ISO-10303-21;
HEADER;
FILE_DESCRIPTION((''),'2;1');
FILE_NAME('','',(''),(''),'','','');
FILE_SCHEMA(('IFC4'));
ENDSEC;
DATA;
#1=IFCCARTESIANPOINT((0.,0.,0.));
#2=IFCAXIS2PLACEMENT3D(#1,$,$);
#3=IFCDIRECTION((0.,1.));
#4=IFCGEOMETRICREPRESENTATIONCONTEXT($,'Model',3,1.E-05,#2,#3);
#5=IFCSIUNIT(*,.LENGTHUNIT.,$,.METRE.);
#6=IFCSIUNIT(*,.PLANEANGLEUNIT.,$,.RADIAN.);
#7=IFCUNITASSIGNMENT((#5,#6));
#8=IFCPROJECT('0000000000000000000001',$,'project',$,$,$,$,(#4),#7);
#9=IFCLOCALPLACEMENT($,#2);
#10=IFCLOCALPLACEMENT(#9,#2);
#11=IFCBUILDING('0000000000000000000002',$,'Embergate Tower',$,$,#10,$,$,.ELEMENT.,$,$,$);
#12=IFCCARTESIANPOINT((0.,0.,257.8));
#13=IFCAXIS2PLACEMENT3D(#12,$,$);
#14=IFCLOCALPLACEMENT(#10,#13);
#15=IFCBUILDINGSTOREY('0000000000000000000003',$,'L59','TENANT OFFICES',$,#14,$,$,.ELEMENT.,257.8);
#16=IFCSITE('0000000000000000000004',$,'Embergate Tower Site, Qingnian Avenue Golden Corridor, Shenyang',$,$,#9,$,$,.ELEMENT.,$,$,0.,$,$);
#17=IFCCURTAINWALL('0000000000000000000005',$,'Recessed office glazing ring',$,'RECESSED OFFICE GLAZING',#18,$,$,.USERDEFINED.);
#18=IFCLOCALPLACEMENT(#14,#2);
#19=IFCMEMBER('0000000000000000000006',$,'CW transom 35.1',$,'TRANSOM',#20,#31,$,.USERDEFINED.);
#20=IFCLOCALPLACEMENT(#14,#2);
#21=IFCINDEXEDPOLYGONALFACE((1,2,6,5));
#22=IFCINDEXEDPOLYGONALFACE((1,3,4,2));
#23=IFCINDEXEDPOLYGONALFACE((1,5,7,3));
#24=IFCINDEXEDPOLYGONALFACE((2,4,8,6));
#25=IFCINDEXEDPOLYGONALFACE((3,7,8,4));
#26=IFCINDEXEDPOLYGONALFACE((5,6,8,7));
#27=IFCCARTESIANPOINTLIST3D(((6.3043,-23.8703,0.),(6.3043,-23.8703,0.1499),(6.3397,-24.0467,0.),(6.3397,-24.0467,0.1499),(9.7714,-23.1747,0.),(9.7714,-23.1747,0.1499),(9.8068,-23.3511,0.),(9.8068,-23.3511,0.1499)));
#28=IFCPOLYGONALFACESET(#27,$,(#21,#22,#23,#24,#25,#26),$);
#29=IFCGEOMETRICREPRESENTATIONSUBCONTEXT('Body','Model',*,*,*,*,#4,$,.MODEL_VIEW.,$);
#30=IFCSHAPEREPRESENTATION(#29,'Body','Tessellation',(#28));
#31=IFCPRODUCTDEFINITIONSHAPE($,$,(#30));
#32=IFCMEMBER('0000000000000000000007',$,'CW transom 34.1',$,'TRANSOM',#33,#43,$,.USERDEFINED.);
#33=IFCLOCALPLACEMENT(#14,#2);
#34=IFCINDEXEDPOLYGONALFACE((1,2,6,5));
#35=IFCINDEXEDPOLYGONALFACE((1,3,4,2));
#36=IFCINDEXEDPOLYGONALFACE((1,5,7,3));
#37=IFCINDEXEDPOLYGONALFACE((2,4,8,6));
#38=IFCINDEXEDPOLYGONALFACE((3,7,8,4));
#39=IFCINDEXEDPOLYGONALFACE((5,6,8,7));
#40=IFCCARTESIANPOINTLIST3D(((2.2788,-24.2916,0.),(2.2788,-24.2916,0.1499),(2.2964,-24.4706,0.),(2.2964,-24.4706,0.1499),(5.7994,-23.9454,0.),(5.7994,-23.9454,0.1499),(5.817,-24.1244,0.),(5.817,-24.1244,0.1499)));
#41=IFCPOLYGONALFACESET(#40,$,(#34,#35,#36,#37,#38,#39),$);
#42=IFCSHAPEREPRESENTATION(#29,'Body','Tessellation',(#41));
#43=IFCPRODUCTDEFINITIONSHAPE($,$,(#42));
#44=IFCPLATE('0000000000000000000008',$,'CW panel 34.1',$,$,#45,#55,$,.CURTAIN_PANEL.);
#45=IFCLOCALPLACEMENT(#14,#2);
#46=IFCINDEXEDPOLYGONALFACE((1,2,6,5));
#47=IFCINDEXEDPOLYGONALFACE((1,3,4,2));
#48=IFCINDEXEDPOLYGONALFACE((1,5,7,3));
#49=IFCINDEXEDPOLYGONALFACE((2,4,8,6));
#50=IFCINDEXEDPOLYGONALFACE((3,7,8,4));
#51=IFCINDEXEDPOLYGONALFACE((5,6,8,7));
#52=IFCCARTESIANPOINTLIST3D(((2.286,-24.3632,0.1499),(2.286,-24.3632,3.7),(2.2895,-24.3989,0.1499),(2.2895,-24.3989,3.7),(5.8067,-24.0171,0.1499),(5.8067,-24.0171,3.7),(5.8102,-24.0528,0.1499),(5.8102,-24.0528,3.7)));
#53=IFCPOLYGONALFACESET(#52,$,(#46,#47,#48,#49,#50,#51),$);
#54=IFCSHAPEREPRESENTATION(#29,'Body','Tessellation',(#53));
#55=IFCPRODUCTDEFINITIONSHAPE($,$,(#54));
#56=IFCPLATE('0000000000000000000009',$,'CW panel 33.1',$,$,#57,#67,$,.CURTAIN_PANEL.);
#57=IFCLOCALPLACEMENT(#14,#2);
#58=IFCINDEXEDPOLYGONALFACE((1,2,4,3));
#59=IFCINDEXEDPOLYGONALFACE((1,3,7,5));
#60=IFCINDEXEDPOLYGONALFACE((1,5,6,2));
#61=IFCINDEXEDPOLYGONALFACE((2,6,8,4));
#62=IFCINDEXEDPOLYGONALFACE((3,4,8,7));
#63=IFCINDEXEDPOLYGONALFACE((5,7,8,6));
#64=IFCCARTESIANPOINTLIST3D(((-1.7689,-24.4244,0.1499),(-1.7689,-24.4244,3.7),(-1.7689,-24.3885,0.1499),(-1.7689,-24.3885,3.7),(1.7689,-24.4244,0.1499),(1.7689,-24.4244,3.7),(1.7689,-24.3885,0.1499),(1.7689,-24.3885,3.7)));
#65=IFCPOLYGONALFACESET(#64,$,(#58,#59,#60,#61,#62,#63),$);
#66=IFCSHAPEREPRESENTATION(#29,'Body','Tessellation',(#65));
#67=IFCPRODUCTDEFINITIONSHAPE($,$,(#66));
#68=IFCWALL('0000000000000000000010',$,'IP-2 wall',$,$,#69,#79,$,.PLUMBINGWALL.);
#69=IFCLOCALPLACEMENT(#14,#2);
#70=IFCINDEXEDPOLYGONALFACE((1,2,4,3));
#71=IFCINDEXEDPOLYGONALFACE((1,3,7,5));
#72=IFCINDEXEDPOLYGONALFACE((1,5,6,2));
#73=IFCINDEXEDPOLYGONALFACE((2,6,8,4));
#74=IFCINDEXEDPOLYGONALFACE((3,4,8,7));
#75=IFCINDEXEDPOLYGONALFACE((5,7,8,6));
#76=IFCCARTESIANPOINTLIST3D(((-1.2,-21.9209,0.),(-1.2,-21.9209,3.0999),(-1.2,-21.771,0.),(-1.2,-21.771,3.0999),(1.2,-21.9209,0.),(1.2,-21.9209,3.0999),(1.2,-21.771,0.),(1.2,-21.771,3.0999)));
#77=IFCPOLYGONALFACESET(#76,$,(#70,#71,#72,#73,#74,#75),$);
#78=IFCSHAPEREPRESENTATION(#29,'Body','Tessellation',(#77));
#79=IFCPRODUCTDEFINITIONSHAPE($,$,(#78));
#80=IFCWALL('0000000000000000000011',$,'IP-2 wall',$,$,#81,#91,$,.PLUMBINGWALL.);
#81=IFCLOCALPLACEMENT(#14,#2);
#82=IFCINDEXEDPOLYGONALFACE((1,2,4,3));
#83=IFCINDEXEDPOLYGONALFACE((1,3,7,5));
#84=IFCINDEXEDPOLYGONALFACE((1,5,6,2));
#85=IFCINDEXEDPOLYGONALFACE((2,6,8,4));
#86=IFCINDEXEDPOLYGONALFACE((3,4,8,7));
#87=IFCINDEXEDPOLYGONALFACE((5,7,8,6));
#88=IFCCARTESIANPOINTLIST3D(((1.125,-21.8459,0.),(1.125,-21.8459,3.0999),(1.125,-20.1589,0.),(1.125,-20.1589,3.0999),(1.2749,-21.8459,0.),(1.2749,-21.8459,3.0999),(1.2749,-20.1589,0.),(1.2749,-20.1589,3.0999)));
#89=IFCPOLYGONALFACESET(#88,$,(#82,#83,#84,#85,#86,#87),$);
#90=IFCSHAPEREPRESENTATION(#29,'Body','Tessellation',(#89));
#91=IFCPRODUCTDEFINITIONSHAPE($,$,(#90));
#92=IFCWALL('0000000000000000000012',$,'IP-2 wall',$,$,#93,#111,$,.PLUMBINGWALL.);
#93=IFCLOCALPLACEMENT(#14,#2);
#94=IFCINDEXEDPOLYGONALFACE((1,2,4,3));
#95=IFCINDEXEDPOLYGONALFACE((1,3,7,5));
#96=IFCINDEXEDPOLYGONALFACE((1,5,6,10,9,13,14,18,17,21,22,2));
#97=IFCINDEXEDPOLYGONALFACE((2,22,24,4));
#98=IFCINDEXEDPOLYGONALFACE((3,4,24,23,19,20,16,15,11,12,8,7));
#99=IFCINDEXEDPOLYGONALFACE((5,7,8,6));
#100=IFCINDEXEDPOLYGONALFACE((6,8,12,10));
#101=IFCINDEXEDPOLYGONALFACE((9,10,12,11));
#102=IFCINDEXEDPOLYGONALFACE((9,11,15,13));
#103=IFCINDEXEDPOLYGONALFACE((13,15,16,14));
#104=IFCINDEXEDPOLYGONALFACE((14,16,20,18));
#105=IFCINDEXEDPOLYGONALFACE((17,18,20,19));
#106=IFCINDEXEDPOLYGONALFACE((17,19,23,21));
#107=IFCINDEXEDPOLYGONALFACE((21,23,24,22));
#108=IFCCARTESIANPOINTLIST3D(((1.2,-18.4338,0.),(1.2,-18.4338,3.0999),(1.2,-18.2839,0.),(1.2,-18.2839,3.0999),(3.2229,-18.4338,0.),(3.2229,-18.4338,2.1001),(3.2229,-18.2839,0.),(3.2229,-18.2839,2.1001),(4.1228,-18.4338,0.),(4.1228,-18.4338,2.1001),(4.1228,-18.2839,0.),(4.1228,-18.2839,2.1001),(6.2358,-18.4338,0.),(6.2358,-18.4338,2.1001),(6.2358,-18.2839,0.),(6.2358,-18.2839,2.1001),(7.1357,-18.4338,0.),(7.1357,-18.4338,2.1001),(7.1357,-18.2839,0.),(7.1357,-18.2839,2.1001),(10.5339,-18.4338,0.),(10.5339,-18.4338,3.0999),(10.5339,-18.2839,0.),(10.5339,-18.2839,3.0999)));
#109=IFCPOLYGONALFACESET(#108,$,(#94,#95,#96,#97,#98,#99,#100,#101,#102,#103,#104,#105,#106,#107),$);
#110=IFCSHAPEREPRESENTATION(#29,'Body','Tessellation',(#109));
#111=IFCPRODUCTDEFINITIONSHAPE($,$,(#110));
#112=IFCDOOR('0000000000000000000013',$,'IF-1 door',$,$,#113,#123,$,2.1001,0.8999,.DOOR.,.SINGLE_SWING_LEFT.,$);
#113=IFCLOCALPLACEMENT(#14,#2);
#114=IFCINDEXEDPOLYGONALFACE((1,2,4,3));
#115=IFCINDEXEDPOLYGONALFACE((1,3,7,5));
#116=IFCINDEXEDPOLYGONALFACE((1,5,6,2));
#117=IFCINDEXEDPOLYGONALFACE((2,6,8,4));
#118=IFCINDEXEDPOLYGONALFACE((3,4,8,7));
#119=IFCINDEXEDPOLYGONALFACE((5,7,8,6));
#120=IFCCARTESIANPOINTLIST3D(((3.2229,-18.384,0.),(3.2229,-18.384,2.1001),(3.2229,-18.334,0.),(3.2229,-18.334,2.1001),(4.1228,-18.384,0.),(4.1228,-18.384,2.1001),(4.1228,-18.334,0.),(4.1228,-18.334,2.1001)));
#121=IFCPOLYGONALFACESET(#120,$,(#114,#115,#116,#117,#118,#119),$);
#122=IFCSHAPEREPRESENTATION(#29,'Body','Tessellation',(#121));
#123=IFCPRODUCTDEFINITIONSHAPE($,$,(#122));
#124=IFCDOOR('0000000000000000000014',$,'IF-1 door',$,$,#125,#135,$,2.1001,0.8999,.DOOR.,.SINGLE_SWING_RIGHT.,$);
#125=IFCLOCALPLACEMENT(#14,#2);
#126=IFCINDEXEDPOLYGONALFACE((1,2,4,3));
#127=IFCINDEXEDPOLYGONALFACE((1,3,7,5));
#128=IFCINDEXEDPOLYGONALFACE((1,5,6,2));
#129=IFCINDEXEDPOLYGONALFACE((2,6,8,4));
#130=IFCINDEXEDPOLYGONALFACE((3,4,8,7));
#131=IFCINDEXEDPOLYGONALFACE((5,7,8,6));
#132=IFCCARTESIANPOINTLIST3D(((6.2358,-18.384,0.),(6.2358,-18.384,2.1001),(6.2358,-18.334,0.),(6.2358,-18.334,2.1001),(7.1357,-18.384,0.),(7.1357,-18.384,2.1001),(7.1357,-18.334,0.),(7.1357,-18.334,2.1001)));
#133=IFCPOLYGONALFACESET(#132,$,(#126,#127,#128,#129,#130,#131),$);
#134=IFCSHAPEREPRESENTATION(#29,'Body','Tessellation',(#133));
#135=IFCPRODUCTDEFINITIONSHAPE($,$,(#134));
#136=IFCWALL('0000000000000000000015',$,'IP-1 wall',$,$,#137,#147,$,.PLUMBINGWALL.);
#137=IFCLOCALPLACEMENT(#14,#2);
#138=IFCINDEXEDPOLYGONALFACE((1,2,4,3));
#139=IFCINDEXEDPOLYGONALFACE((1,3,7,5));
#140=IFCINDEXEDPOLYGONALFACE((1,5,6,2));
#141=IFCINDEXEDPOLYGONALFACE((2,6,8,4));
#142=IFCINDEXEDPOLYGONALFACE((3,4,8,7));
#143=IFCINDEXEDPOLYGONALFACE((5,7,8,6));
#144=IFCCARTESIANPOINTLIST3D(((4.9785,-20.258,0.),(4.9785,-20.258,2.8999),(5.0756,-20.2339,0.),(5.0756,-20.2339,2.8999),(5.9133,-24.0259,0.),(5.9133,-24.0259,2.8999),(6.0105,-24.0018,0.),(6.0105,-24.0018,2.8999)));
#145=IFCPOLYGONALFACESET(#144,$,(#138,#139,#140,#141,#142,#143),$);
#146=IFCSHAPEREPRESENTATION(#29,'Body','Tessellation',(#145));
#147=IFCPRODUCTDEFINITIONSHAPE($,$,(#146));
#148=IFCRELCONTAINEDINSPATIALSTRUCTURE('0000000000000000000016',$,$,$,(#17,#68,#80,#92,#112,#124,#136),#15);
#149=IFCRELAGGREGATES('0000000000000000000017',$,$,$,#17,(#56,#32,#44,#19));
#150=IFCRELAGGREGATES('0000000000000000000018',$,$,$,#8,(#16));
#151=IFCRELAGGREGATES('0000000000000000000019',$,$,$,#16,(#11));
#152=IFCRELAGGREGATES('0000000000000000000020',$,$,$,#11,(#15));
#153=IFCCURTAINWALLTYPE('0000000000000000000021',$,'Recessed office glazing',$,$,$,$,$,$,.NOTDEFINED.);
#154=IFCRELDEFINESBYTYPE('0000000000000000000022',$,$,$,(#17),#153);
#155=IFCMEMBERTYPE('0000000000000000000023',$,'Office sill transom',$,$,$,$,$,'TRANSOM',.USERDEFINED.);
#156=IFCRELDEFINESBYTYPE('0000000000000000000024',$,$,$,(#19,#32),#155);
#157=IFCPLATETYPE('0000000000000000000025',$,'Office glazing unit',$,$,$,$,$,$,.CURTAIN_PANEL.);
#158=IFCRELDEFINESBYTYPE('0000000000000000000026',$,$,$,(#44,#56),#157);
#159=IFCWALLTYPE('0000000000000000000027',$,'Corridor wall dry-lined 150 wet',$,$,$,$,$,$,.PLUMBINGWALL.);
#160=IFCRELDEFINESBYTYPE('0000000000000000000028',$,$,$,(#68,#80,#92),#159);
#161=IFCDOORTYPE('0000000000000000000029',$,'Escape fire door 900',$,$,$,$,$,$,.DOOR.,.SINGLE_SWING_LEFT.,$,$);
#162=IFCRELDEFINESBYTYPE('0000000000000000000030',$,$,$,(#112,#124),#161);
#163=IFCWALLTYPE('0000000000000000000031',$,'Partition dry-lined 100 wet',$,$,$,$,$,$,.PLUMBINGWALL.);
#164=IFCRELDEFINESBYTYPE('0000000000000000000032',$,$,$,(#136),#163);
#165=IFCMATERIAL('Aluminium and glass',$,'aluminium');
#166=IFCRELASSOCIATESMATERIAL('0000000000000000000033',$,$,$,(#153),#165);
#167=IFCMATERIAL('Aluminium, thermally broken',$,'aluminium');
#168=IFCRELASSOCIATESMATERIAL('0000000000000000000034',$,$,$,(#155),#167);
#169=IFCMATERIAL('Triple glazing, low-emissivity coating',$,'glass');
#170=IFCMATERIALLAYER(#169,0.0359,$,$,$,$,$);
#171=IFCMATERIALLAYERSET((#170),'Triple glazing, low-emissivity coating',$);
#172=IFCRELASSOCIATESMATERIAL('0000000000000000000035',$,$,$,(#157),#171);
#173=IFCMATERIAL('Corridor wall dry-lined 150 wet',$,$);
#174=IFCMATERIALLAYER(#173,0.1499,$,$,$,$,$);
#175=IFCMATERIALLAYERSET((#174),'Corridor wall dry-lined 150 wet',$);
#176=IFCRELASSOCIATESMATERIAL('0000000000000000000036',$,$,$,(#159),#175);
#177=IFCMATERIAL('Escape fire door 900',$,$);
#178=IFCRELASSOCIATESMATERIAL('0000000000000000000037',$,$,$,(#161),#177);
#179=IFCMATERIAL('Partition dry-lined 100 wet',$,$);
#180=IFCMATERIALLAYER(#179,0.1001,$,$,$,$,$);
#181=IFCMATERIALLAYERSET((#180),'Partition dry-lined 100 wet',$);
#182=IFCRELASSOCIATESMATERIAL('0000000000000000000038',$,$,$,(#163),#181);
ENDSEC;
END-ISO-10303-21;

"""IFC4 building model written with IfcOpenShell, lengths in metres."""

from ifc_helpers import new_model, si_unit, direction, frame, frame_2d, origin, origin_2d, place, context, subcontext, project, spatial, rectangle, extrude, source, transform, mapped, material, layer, layer_set, material_profile, profile_set, type_object, element, fill, aggregate, save


model = new_model("IFC4")

# Units and contexts
model_context = context("Model", 3, precision=1e-05, world=origin(), true_north=direction((0.0, 1.0)))
body_context = subcontext(model_context, "Body", "Model", "MODEL_VIEW")
ifc_project = project(units=[si_unit("LENGTHUNIT", "METRE"), si_unit("PLANEANGLEUNIT", "RADIAN")], contexts=[model_context])

# Site, building, storey
site_placement = place(None, origin())
site = spatial("IfcSite", under=ifc_project, at=site_placement, Name="Embergate Tower Site, Qingnian Avenue Golden Corridor, Shenyang", CompositionType="ELEMENT", RefElevation=0.0)
building_placement = place(site_placement, origin())
building = spatial("IfcBuilding", under=site, at=building_placement, Name="Embergate Tower", CompositionType="ELEMENT")
storey_placement = place(building_placement, frame((0.0, 0.0, 257.8)))
storey = spatial("IfcBuildingStorey", under=building, at=storey_placement, Name="L59", Description="TENANT OFFICES", CompositionType="ELEMENT", Elevation=257.8)

# Curtain wall, members, plates
ifc_material_1 = material(Name="Aluminium and glass", Category="aluminium")
curtain_wall_type = type_object("IfcCurtainWallType", Name="Recessed office glazing", PredefinedType="NOTDEFINED", material=ifc_material_1)
curtain_wall_placement = place(storey_placement, origin())
curtain_wall = element("IfcCurtainWall", 1, at=curtain_wall_placement, inside=storey, type_object=curtain_wall_type, Name="Recessed office glazing ring", ObjectType="RECESSED OFFICE GLAZING", PredefinedType="USERDEFINED")
ifc_material_2 = material(Name="Aluminium, thermally broken", Category="aluminium")
ifc_material_profile_1 = material_profile(ifc_material_2, rectangle(XDim=0.1799, YDim=0.1499, at=origin_2d()), Name="AL 150x180")
ifc_profile_set_1 = profile_set([ifc_material_profile_1], Name="Aluminium, thermally broken")
member_type_1 = type_object("IfcMemberType", Name="Office sill transom", ElementType="TRANSOM", PredefinedType="USERDEFINED", material=ifc_profile_set_1)
shared_shape_1 = source(origin(), body_context, "Body", "SweptSolid", [
    extrude(rectangle(XDim=0.1799, YDim=0.1499, at=origin_2d()), origin(), (0.0, 0.0, 1.0), 3.5361),
])
member_1_placement = place(storey_placement, frame((6.322, -23.9585, 0.075), z_axis=(0.980464, 0.1967, 0.0), x_axis=(-0.1967, 0.980464, 0.0)))
member_1 = element("IfcMember", 2, at=member_1_placement, type_object=member_type_1, Name="CW transom 35.1", ObjectType="TRANSOM", PredefinedType="USERDEFINED", context=body_context, shape_type="MappedRepresentation", body=[
    mapped(shared_shape_1, transform((0.0, 0.0, 0.0))),
])
shared_shape_2 = source(origin(), body_context, "Body", "SweptSolid", [
    extrude(rectangle(XDim=0.1799, YDim=0.1499, at=origin_2d()), origin(), (0.0, 0.0, 1.0), 3.5376),
])
member_2_placement = place(storey_placement, frame((2.2876, -24.3811, 0.075), z_axis=(0.9952, 0.097864, 0.0), x_axis=(-0.097864, 0.9952, 0.0)))
member_2 = element("IfcMember", 3, at=member_2_placement, type_object=member_type_1, Name="CW transom 34.1", ObjectType="TRANSOM", PredefinedType="USERDEFINED", context=body_context, shape_type="MappedRepresentation", body=[
    mapped(shared_shape_2, transform((0.0, 0.0, 0.0))),
])
ifc_material_3 = material(Name="Triple glazing, low-emissivity coating", Category="glass")
ifc_layer_1 = layer(ifc_material_3, 0.0359)
ifc_layer_set_1 = layer_set([ifc_layer_1], Name="Triple glazing, low-emissivity coating")
plate_type = type_object("IfcPlateType", Name="Office glazing unit", PredefinedType="CURTAIN_PANEL", material=ifc_layer_set_1)
shared_shape_3 = source(origin(), body_context, "Body", "SweptSolid", [
    extrude(rectangle(XDim=3.5376, YDim=0.0359, at=origin_2d()), origin(), (0.0, 0.0, 1.0), 3.55),
])
plate_1_placement = place(storey_placement, frame((4.0481, -24.208, 0.1499), z_axis=(0.0, 0.0, 1.0), x_axis=(0.995203, 0.09783, 0.0)))
plate_1 = element("IfcPlate", 4, at=plate_1_placement, type_object=plate_type, Name="CW panel 34.1", PredefinedType="CURTAIN_PANEL", context=body_context, shape_type="MappedRepresentation", body=[
    mapped(shared_shape_3, transform((0.0, 0.0, 0.0))),
])
shared_shape_4 = source(origin(), body_context, "Body", "SweptSolid", [
    extrude(rectangle(XDim=3.5378, YDim=0.0359, at=origin_2d()), origin(), (0.0, 0.0, 1.0), 3.55),
])
plate_2_placement = place(storey_placement, frame((0.0, -24.4065, 0.1499), z_axis=(0.0, 0.0, 1.0), x_axis=(1.0, 0.0, 0.0)))
plate_2 = element("IfcPlate", 5, at=plate_2_placement, type_object=plate_type, Name="CW panel 33.1", PredefinedType="CURTAIN_PANEL", context=body_context, shape_type="MappedRepresentation", body=[
    mapped(shared_shape_4, transform((0.0, 0.0, 0.0))),
])
aggregate(curtain_wall, [plate_2, member_2, plate_1, member_1])

# Walls
ifc_material_4 = material(Name="Corridor wall dry-lined 150 wet")
ifc_layer_2 = layer(ifc_material_4, 0.1499)
ifc_layer_set_2 = layer_set([ifc_layer_2], Name="Corridor wall dry-lined 150 wet")
wall_type_1 = type_object("IfcWallType", Name="Corridor wall dry-lined 150 wet", PredefinedType="PLUMBINGWALL", material=ifc_layer_set_2)
shared_shape_5 = source(origin(), body_context, "Body", "SweptSolid", [
    extrude(rectangle(XDim=2.3999, YDim=0.1499, at=frame_2d((1.2, 0.0))), origin(), (0.0, 0.0, 1.0), 3.0999),
])
wall_1_placement = place(storey_placement, frame((1.2, -21.8459, 0.0), z_axis=(0.0, 0.0, 1.0), x_axis=(-1.0, 0.0, 0.0)))
element("IfcWall", 6, at=wall_1_placement, inside=storey, type_object=wall_type_1, Name="IP-2 wall", PredefinedType="PLUMBINGWALL", context=body_context, shape_type="MappedRepresentation", body=[
    mapped(shared_shape_5, transform((0.0, 0.0, 0.0))),
])
shared_shape_6 = source(origin(), body_context, "Body", "SweptSolid", [
    extrude(rectangle(XDim=1.687, YDim=0.1499, at=frame_2d((0.8435, 0.0))), origin(), (0.0, 0.0, 1.0), 3.0999),
])
wall_2_placement = place(storey_placement, frame((1.2, -20.1589, 0.0), z_axis=(0.0, 0.0, 1.0), x_axis=(0.0, -1.0, 0.0)))
element("IfcWall", 7, at=wall_2_placement, inside=storey, type_object=wall_type_1, Name="IP-2 wall", PredefinedType="PLUMBINGWALL", context=body_context, shape_type="MappedRepresentation", body=[
    mapped(shared_shape_6, transform((0.0, 0.0, 0.0))),
])

# Wall, openings, doors
shared_shape_7 = source(origin(), body_context, "Body", "SweptSolid", [
    extrude(rectangle(XDim=9.334, YDim=0.1499, at=frame_2d((4.667, 0.0))), origin(), (0.0, 0.0, 1.0), 3.0999),
])
wall_3_placement = place(storey_placement, frame((1.2, -18.3589, 0.0), z_axis=(0.0, 0.0, 1.0), x_axis=(1.0, 0.0, 0.0)))
wall_3 = element("IfcWall", 8, at=wall_3_placement, inside=storey, type_object=wall_type_1, Name="IP-2 wall", PredefinedType="PLUMBINGWALL", context=body_context, shape_type="MappedRepresentation", body=[
    mapped(shared_shape_7, transform((0.0, 0.0, 0.0))),
])
shared_shape_8 = source(origin(), body_context, "Body", "SweptSolid", [
    extrude(rectangle(XDim=0.8999, YDim=2.1001, at=frame_2d((0.45, 1.05))), frame((0.0, 0.085, 0.0), z_axis=(0.0, -1.0, 0.0), x_axis=(1.0, 0.0, 0.0)), (0.0, 0.0, 1.0), 0.1699),
])
opening_1_placement = place(wall_3_placement, frame((2.0229, 0.0, 0.0)))
opening_1 = element("IfcOpeningElement", 9, at=opening_1_placement, cuts=wall_3, PredefinedType="OPENING", context=body_context, shape_type="MappedRepresentation", body=[
    mapped(shared_shape_8, transform((0.0, 0.0, 0.0))),
])
opening_2_placement = place(wall_3_placement, frame((5.0359, 0.0, 0.0)))
opening_2 = element("IfcOpeningElement", 10, at=opening_2_placement, cuts=wall_3, PredefinedType="OPENING", context=body_context, shape_type="MappedRepresentation", body=[
    mapped(shared_shape_8, transform((0.0, 0.0, 0.0))),
])
ifc_material_5 = material(Name="Escape fire door 900")
door_type = type_object("IfcDoorType", Name="Escape fire door 900", OperationType="SINGLE_SWING_LEFT", PredefinedType="DOOR", material=ifc_material_5)
shared_shape_9 = source(origin(), body_context, "Body", "SweptSolid", [
    extrude(rectangle(XDim=0.8999, YDim=2.1001, at=frame_2d((0.45, 1.05))), frame((0.0, 0.0249, 0.0), z_axis=(0.0, -1.0, 0.0), x_axis=(1.0, 0.0, 0.0)), (0.0, 0.0, 1.0), 0.05),
])
door_1_placement = place(opening_1_placement, origin())
door_1 = element("IfcDoor", 11, at=door_1_placement, inside=storey, type_object=door_type, Name="IF-1 door", OperationType="SINGLE_SWING_LEFT", OverallHeight=2.1001, OverallWidth=0.8999, PredefinedType="DOOR", context=body_context, shape_type="MappedRepresentation", body=[
    mapped(shared_shape_9, transform((0.0, 0.0, 0.0))),
])
fill(opening_1, door_1)
door_2_placement = place(opening_2_placement, origin())
door_2 = element("IfcDoor", 12, at=door_2_placement, inside=storey, type_object=door_type, Name="IF-1 door", OperationType="SINGLE_SWING_RIGHT", OverallHeight=2.1001, OverallWidth=0.8999, PredefinedType="DOOR", context=body_context, shape_type="MappedRepresentation", body=[
    mapped(shared_shape_9, transform((0.0, 0.0, 0.0))),
])
fill(opening_2, door_2)

# Wall
ifc_material_6 = material(Name="Partition dry-lined 100 wet")
ifc_layer_3 = layer(ifc_material_6, 0.1001)
ifc_layer_set_3 = layer_set([ifc_layer_3], Name="Partition dry-lined 100 wet")
wall_type_2 = type_object("IfcWallType", Name="Partition dry-lined 100 wet", PredefinedType="PLUMBINGWALL", material=ifc_layer_set_3)
shared_shape_10 = source(origin(), body_context, "Body", "SweptSolid", [
    extrude(rectangle(XDim=3.8821, YDim=0.1001, at=frame_2d((1.9409, 0.0))), origin(), (0.0, 0.0, 1.0), 2.8999),
])
wall_4_placement = place(storey_placement, frame((5.0271, -20.2461, 0.0), z_axis=(0.0, 0.0, 1.0), x_axis=(0.240804, -0.970574, 0.0)))
element("IfcWall", 13, at=wall_4_placement, inside=storey, type_object=wall_type_2, Name="IP-1 wall", PredefinedType="PLUMBINGWALL", context=body_context, shape_type="MappedRepresentation", body=[
    mapped(shared_shape_10, transform((0.0, 0.0, 0.0))),
])

save(model, "model.ifc")
